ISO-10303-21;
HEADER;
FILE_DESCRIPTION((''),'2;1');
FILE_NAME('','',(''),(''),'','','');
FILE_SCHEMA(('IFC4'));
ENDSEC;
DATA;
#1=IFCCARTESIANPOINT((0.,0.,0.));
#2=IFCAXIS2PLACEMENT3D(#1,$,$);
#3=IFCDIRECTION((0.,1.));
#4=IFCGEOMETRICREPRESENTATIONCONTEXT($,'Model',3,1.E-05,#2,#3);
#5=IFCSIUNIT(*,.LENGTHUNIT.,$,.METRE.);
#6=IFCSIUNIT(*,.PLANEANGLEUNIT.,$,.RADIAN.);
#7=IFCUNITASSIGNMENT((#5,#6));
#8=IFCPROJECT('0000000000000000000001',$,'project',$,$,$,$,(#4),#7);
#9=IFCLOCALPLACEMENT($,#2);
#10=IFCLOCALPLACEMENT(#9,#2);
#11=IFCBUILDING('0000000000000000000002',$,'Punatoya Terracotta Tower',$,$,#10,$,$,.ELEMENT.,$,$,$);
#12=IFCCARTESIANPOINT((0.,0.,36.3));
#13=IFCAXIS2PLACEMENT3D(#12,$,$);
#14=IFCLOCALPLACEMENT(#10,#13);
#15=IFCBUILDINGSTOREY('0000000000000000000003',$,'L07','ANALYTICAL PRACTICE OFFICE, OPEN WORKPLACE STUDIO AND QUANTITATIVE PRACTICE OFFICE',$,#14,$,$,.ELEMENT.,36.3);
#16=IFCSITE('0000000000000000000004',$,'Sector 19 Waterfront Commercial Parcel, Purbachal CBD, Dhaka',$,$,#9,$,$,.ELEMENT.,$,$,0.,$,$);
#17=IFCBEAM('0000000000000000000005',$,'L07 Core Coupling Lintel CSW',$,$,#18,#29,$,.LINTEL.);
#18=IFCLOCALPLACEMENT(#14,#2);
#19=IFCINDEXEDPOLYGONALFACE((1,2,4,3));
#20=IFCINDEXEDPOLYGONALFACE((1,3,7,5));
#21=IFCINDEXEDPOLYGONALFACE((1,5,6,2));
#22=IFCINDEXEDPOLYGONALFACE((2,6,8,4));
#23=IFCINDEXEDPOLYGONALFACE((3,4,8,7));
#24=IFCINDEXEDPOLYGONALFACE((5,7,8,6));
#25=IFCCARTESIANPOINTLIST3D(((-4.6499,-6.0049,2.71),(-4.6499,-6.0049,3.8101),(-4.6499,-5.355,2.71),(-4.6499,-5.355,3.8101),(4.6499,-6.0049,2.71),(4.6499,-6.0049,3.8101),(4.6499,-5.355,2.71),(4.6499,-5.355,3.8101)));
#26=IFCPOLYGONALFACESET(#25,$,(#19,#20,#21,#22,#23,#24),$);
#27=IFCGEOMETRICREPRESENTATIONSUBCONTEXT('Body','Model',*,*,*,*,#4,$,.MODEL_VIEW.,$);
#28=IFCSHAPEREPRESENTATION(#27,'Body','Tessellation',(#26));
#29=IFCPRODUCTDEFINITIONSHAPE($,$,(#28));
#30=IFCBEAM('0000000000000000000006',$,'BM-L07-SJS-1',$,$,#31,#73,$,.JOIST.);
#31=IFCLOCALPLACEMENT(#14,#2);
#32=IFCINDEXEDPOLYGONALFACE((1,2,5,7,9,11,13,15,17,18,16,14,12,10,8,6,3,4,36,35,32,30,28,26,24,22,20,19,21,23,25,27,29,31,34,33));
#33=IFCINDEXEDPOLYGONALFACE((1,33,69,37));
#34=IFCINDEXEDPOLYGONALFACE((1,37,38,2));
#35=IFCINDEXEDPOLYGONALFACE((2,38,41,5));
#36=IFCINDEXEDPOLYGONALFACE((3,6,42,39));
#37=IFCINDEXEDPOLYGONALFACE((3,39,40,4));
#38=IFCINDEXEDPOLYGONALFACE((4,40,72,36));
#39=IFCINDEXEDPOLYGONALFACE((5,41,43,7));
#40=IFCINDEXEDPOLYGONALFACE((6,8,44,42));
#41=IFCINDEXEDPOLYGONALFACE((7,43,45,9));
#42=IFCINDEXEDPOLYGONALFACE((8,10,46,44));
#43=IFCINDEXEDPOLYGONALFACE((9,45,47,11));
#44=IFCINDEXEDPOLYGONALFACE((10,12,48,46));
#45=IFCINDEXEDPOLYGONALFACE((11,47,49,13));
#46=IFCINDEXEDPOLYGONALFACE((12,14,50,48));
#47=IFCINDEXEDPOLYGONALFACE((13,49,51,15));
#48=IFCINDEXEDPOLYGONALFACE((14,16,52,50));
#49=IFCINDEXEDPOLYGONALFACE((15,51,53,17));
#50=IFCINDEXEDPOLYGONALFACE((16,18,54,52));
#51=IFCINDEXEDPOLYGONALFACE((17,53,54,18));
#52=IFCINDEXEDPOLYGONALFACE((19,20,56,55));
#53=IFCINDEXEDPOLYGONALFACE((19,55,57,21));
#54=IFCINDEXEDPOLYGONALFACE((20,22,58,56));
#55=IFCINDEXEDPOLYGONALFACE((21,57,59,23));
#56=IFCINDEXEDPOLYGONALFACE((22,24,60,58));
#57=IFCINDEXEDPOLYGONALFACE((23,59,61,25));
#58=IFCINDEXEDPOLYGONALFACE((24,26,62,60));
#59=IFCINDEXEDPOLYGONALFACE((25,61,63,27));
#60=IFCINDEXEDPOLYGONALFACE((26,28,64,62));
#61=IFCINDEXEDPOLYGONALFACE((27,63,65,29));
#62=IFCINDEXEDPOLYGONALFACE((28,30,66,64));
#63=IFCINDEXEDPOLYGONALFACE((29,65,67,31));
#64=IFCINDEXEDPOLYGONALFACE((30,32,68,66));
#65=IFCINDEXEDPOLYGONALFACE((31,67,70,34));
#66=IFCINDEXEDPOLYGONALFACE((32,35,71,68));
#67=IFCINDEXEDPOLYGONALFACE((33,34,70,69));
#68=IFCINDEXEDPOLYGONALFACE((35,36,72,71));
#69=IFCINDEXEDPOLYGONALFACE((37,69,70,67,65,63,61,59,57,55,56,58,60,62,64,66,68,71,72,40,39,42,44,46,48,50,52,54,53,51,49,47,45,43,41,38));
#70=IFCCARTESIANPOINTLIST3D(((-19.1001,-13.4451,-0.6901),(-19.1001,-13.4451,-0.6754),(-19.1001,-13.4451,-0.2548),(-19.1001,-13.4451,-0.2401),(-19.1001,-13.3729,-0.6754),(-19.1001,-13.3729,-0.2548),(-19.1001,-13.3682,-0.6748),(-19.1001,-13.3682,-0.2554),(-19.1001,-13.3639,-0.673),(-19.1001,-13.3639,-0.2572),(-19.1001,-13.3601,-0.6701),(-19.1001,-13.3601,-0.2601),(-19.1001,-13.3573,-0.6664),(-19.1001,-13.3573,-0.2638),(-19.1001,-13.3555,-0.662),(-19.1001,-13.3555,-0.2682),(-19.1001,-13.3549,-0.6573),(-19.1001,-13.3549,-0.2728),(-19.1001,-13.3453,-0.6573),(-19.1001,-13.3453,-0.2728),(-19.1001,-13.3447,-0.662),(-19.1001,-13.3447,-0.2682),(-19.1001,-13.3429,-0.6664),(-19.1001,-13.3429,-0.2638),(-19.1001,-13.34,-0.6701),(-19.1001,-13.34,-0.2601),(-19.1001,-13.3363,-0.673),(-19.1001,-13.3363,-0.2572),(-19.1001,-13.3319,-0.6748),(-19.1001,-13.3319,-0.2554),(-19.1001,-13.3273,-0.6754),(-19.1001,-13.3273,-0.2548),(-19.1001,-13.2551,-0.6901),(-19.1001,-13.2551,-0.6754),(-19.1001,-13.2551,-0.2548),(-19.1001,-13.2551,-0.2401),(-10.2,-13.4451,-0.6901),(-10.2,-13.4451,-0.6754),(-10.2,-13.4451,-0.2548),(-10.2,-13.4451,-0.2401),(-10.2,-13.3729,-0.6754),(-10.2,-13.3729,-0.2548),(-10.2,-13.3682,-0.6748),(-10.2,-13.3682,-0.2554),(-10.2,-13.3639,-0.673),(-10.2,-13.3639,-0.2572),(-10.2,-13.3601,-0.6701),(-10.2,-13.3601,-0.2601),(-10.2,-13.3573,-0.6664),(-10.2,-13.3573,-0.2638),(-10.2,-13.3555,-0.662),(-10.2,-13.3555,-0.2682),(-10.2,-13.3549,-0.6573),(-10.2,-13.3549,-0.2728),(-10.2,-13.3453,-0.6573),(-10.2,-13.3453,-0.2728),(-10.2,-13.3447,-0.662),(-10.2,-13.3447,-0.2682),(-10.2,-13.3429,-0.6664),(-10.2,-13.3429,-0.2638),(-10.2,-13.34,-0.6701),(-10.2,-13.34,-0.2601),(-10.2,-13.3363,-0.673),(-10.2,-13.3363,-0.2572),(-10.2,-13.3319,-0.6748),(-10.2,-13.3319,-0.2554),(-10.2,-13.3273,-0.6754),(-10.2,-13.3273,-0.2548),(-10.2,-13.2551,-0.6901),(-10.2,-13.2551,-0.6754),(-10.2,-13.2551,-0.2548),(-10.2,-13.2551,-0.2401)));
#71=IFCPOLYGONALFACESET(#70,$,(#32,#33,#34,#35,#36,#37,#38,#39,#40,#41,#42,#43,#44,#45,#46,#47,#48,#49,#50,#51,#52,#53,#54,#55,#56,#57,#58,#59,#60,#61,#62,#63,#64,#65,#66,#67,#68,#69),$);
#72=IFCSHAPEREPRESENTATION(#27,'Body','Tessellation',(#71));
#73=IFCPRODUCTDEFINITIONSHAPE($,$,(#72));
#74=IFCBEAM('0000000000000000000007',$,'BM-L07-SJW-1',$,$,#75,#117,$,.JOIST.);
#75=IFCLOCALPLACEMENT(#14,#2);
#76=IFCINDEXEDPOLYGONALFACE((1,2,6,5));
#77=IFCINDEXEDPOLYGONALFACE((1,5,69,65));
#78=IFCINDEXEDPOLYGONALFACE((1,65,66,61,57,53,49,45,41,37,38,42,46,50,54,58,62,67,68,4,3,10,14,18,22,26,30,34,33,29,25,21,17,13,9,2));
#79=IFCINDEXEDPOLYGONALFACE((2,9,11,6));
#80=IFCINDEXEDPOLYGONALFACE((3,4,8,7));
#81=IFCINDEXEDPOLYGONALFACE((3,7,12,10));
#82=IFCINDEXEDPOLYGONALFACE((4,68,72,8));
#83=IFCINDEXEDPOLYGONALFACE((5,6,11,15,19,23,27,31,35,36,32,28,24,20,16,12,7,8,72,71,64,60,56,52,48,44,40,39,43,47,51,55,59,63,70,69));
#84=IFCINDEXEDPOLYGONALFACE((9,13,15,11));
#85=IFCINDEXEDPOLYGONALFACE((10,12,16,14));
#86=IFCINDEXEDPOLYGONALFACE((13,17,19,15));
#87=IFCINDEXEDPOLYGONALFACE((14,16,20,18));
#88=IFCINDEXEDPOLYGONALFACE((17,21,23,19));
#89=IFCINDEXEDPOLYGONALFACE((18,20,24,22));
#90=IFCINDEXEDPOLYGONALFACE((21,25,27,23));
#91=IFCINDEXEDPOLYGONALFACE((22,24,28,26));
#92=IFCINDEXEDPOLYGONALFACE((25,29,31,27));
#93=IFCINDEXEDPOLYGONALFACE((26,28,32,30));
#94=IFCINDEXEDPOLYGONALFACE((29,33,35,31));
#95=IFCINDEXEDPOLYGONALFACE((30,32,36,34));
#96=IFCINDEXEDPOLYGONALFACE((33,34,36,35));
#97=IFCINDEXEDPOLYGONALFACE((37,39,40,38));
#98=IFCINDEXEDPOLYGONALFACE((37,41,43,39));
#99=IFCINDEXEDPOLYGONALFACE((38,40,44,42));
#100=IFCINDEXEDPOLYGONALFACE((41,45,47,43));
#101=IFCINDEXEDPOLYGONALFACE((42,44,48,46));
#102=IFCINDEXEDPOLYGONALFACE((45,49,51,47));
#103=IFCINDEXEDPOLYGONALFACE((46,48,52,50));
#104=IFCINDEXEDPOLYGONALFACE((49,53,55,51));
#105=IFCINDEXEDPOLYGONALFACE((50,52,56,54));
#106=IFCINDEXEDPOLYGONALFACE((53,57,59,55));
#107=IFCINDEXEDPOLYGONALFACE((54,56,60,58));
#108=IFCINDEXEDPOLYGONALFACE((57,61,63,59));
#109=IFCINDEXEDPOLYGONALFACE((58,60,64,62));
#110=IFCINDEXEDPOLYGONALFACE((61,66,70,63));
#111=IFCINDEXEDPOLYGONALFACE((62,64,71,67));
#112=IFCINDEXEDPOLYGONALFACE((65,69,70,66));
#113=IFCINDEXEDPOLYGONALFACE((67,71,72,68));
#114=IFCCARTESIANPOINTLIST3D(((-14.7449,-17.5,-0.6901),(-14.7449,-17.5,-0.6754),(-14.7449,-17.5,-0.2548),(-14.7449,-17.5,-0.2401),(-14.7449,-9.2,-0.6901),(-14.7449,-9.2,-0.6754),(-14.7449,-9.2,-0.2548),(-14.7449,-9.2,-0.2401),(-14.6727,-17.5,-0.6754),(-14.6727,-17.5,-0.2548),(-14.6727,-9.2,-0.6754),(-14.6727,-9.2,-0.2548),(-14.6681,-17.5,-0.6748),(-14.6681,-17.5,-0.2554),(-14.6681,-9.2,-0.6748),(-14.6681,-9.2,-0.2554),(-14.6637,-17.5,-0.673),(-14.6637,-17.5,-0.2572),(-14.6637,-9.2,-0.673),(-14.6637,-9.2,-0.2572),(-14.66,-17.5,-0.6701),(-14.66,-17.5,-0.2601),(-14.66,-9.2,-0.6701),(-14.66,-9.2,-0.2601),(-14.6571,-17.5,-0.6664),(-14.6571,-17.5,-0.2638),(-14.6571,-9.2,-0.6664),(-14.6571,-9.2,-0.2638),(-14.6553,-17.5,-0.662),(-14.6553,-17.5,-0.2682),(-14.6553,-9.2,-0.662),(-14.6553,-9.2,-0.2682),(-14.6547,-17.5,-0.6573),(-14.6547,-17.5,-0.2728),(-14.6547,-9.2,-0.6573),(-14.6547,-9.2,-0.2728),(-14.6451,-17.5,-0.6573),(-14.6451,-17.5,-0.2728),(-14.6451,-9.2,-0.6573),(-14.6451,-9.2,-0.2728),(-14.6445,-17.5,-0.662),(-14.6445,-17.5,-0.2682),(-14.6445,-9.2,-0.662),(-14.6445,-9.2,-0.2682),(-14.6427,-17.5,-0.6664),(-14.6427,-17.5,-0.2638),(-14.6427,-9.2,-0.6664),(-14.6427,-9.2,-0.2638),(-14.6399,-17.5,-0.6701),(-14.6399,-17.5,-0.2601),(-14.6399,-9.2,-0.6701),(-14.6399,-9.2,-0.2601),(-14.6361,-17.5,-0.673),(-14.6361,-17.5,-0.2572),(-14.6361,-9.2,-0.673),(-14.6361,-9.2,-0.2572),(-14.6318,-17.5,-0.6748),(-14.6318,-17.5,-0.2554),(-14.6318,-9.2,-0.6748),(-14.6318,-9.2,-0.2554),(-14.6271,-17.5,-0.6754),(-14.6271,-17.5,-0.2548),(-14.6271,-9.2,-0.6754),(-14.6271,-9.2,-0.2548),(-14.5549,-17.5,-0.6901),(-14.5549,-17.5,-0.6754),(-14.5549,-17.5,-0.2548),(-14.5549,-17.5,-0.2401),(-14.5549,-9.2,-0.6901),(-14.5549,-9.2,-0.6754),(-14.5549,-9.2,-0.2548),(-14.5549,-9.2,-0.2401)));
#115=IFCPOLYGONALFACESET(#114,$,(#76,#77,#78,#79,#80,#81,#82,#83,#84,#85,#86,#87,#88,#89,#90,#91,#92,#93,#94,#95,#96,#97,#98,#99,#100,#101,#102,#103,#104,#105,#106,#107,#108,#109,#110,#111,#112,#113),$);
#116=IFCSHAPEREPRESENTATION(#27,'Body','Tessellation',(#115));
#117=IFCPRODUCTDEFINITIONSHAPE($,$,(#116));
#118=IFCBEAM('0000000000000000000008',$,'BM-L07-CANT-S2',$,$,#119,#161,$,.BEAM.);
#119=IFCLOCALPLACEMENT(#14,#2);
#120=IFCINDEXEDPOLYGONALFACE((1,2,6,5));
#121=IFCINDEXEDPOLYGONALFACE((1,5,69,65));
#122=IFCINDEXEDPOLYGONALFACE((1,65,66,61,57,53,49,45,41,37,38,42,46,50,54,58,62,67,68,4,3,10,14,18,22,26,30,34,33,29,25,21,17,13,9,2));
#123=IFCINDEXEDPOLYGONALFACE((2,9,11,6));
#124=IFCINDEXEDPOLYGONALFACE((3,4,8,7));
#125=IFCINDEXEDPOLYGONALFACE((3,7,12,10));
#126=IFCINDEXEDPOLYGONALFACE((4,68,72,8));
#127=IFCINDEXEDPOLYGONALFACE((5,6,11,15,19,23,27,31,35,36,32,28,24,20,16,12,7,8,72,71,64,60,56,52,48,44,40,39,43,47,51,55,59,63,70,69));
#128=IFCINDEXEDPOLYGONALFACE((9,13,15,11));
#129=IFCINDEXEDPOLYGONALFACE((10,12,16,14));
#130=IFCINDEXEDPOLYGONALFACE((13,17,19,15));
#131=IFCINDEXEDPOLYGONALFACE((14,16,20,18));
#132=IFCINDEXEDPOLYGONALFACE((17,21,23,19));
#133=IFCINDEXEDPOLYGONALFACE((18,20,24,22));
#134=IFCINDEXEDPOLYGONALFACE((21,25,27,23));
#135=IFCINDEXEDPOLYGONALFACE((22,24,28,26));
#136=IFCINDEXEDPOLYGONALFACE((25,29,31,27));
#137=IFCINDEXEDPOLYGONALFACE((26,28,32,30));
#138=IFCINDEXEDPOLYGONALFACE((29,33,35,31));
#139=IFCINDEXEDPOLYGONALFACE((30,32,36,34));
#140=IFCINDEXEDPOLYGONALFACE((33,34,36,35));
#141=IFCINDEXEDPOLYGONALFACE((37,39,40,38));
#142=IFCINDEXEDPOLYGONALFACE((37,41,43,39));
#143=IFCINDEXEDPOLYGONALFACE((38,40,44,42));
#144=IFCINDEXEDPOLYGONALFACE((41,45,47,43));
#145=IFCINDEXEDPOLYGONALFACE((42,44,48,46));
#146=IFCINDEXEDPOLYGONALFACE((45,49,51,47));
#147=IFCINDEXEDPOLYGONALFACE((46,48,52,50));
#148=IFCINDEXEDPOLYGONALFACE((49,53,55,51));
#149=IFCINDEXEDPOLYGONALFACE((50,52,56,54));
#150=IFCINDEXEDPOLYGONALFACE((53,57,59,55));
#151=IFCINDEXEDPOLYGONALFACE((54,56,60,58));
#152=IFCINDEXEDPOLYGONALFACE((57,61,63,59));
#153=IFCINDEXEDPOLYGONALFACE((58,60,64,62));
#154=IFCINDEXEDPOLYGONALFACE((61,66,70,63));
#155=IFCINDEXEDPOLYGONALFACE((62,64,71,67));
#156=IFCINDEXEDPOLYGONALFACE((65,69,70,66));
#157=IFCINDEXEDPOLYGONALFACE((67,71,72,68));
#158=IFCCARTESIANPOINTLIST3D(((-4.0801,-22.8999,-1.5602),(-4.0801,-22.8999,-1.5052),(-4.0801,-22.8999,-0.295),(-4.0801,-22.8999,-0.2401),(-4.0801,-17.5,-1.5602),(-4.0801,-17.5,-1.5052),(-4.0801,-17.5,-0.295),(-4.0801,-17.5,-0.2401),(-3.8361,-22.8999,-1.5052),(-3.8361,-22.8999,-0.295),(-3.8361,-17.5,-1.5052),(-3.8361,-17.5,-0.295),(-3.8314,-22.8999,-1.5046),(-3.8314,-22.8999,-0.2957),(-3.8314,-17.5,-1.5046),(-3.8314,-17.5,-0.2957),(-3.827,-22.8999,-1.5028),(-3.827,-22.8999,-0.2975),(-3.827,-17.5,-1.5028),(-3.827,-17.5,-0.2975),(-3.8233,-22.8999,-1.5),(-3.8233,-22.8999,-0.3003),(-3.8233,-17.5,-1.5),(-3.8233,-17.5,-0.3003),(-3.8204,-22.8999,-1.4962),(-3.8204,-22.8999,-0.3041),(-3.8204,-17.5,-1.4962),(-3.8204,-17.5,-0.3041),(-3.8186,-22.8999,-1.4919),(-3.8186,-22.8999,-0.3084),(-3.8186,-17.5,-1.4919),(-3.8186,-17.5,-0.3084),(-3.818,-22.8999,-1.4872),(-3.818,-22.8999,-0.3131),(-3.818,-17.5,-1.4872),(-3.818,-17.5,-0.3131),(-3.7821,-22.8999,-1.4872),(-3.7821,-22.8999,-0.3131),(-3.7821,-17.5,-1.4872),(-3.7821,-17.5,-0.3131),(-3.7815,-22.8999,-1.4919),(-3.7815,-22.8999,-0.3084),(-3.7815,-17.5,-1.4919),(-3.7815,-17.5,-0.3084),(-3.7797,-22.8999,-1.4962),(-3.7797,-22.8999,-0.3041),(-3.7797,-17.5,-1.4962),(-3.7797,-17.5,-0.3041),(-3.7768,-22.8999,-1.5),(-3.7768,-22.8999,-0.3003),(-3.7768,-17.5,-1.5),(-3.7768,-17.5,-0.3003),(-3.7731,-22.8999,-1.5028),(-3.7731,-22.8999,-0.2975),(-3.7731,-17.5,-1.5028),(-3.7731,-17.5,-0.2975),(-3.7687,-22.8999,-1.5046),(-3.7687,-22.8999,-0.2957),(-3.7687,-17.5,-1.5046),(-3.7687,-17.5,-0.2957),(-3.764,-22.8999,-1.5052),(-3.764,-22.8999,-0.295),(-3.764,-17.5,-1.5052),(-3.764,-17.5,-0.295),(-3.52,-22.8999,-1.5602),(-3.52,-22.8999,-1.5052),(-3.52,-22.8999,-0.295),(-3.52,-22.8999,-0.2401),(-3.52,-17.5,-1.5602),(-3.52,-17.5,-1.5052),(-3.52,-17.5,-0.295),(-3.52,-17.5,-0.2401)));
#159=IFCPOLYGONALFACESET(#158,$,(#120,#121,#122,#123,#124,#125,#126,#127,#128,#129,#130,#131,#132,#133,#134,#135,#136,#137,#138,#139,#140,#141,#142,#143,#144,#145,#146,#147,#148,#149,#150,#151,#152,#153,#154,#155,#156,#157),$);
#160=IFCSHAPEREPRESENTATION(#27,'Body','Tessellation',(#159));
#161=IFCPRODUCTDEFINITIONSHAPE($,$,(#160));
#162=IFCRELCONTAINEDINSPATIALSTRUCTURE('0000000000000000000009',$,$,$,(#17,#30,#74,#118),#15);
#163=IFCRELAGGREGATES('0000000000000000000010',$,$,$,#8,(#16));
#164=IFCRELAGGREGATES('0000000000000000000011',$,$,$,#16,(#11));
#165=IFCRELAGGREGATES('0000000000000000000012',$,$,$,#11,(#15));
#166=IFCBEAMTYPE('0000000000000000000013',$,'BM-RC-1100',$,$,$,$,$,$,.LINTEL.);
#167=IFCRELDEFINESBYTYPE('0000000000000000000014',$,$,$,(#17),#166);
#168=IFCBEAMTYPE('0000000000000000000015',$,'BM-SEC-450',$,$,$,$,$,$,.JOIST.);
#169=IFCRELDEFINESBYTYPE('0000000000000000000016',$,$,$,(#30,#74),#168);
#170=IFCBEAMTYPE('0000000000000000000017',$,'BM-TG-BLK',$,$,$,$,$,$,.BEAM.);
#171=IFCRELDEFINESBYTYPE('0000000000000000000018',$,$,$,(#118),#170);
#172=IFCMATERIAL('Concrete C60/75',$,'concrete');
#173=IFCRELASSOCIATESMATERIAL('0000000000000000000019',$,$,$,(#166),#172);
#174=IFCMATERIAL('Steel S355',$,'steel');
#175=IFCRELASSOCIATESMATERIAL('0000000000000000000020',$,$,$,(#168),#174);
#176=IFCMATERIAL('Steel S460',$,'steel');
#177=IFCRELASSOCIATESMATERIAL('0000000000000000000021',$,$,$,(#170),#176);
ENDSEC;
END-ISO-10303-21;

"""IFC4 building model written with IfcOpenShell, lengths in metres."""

from ifc_helpers import new_model, si_unit, direction, frame, origin, origin_2d, place, context, subcontext, project, spatial, rectangle, i_section, extrude, material, material_profile, profile_set, type_object, element, save


model = new_model("IFC4")

# Units and contexts
model_context = context("Model", 3, precision=1e-05, world=origin(), true_north=direction((0.0, 1.0)))
body_context = subcontext(model_context, "Body", "Model", "MODEL_VIEW")
ifc_project = project(units=[si_unit("LENGTHUNIT", "METRE"), si_unit("PLANEANGLEUNIT", "RADIAN")], contexts=[model_context])

# Site, building, storey
site_placement = place(None, origin())
site = spatial("IfcSite", under=ifc_project, at=site_placement, Name="Sector 19 Waterfront Commercial Parcel, Purbachal CBD, Dhaka", CompositionType="ELEMENT", RefElevation=0.0)
building_placement = place(site_placement, origin())
building = spatial("IfcBuilding", under=site, at=building_placement, Name="Punatoya Terracotta Tower", CompositionType="ELEMENT")
storey_placement = place(building_placement, frame((0.0, 0.0, 36.3)))
storey = spatial("IfcBuildingStorey", under=building, at=storey_placement, Name="L07", Description="ANALYTICAL PRACTICE OFFICE, OPEN WORKPLACE STUDIO AND QUANTITATIVE PRACTICE OFFICE", CompositionType="ELEMENT", Elevation=36.3)

# Shared definitions
ifc_material_1 = material(Name="Steel S460", Category="steel")

# Beams
ifc_material_2 = material(Name="Steel S355", Category="steel")
ifc_material_3 = material(Name="Concrete C60/75", Category="concrete")
ifc_material_profile_1 = material_profile(ifc_material_3, rectangle(XDim=0.6499, YDim=1.1001, at=origin_2d()))
ifc_profile_set_1 = profile_set([ifc_material_profile_1], Name="Concrete C60/75")
beam_type_1 = type_object("IfcBeamType", Name="BM-RC-1100", PredefinedType="LINTEL", material=ifc_profile_set_1)
beam_1_placement = place(storey_placement, frame((-4.6499, -5.6799, 3.26), z_axis=(1.0, 0.0, 0.0), x_axis=(0.0, 1.0, 0.0)))
element("IfcBeam", 1, at=beam_1_placement, inside=storey, type_object=beam_type_1, Name="L07 Core Coupling Lintel CSW", PredefinedType="LINTEL", context=body_context, shape_type="SweptSolid", body=[
    extrude(rectangle(XDim=0.6499, YDim=1.1001, at=origin_2d()), origin(), (0.0, 0.0, 1.0), 9.2998),
])
ifc_material_profile_2 = material_profile(ifc_material_2, i_section(OverallWidth=0.1899, OverallDepth=0.45, WebThickness=0.0095, FlangeThickness=0.0146, FilletRadius=0.0181, at=origin_2d()))
ifc_profile_set_2 = profile_set([ifc_material_profile_2], Name="Steel S355")
beam_type_2 = type_object("IfcBeamType", Name="BM-SEC-450", PredefinedType="JOIST", material=ifc_profile_set_2)
beam_2_placement = place(storey_placement, frame((-19.1001, -13.3501, -0.4651), z_axis=(1.0, 0.0, 0.0), x_axis=(0.0, 1.0, 0.0)))
element("IfcBeam", 2, at=beam_2_placement, inside=storey, type_object=beam_type_2, Name="BM-L07-SJS-1", PredefinedType="JOIST", context=body_context, shape_type="SweptSolid", body=[
    extrude(i_section(OverallWidth=0.1899, OverallDepth=0.45, WebThickness=0.0095, FlangeThickness=0.0146, FilletRadius=0.0181, at=origin_2d()), origin(), (0.0, 0.0, 1.0), 8.9001),
])
beam_3_placement = place(storey_placement, frame((-14.6499, -17.5, -0.4651), z_axis=(0.0, 1.0, 0.0), x_axis=(-1.0, 0.0, 0.0)))
element("IfcBeam", 3, at=beam_3_placement, inside=storey, type_object=beam_type_2, Name="BM-L07-SJW-1", PredefinedType="JOIST", context=body_context, shape_type="SweptSolid", body=[
    extrude(i_section(OverallWidth=0.1899, OverallDepth=0.45, WebThickness=0.0095, FlangeThickness=0.0146, FilletRadius=0.0181, at=origin_2d()), origin(), (0.0, 0.0, 1.0), 8.3),
])
ifc_material_profile_3 = material_profile(ifc_material_1, i_section(OverallWidth=0.5601, OverallDepth=1.3201, WebThickness=0.0359, FlangeThickness=0.0549, FilletRadius=0.0181, at=origin_2d()))
ifc_profile_set_3 = profile_set([ifc_material_profile_3], Name="Steel S460")
beam_type_3 = type_object("IfcBeamType", Name="BM-TG-BLK", PredefinedType="BEAM", material=ifc_profile_set_3)
beam_4_placement = place(storey_placement, frame((-3.8, -22.8999, -0.9001), z_axis=(0.0, 1.0, 0.0), x_axis=(-1.0, 0.0, 0.0)))
element("IfcBeam", 4, at=beam_4_placement, inside=storey, type_object=beam_type_3, Name="BM-L07-CANT-S2", PredefinedType="BEAM", context=body_context, shape_type="SweptSolid", body=[
    extrude(i_section(OverallWidth=0.5601, OverallDepth=1.3201, WebThickness=0.0359, FlangeThickness=0.0549, FilletRadius=0.0181, at=origin_2d()), origin(), (0.0, 0.0, 1.0), 5.3999),
])

save(model, "model.ifc")
